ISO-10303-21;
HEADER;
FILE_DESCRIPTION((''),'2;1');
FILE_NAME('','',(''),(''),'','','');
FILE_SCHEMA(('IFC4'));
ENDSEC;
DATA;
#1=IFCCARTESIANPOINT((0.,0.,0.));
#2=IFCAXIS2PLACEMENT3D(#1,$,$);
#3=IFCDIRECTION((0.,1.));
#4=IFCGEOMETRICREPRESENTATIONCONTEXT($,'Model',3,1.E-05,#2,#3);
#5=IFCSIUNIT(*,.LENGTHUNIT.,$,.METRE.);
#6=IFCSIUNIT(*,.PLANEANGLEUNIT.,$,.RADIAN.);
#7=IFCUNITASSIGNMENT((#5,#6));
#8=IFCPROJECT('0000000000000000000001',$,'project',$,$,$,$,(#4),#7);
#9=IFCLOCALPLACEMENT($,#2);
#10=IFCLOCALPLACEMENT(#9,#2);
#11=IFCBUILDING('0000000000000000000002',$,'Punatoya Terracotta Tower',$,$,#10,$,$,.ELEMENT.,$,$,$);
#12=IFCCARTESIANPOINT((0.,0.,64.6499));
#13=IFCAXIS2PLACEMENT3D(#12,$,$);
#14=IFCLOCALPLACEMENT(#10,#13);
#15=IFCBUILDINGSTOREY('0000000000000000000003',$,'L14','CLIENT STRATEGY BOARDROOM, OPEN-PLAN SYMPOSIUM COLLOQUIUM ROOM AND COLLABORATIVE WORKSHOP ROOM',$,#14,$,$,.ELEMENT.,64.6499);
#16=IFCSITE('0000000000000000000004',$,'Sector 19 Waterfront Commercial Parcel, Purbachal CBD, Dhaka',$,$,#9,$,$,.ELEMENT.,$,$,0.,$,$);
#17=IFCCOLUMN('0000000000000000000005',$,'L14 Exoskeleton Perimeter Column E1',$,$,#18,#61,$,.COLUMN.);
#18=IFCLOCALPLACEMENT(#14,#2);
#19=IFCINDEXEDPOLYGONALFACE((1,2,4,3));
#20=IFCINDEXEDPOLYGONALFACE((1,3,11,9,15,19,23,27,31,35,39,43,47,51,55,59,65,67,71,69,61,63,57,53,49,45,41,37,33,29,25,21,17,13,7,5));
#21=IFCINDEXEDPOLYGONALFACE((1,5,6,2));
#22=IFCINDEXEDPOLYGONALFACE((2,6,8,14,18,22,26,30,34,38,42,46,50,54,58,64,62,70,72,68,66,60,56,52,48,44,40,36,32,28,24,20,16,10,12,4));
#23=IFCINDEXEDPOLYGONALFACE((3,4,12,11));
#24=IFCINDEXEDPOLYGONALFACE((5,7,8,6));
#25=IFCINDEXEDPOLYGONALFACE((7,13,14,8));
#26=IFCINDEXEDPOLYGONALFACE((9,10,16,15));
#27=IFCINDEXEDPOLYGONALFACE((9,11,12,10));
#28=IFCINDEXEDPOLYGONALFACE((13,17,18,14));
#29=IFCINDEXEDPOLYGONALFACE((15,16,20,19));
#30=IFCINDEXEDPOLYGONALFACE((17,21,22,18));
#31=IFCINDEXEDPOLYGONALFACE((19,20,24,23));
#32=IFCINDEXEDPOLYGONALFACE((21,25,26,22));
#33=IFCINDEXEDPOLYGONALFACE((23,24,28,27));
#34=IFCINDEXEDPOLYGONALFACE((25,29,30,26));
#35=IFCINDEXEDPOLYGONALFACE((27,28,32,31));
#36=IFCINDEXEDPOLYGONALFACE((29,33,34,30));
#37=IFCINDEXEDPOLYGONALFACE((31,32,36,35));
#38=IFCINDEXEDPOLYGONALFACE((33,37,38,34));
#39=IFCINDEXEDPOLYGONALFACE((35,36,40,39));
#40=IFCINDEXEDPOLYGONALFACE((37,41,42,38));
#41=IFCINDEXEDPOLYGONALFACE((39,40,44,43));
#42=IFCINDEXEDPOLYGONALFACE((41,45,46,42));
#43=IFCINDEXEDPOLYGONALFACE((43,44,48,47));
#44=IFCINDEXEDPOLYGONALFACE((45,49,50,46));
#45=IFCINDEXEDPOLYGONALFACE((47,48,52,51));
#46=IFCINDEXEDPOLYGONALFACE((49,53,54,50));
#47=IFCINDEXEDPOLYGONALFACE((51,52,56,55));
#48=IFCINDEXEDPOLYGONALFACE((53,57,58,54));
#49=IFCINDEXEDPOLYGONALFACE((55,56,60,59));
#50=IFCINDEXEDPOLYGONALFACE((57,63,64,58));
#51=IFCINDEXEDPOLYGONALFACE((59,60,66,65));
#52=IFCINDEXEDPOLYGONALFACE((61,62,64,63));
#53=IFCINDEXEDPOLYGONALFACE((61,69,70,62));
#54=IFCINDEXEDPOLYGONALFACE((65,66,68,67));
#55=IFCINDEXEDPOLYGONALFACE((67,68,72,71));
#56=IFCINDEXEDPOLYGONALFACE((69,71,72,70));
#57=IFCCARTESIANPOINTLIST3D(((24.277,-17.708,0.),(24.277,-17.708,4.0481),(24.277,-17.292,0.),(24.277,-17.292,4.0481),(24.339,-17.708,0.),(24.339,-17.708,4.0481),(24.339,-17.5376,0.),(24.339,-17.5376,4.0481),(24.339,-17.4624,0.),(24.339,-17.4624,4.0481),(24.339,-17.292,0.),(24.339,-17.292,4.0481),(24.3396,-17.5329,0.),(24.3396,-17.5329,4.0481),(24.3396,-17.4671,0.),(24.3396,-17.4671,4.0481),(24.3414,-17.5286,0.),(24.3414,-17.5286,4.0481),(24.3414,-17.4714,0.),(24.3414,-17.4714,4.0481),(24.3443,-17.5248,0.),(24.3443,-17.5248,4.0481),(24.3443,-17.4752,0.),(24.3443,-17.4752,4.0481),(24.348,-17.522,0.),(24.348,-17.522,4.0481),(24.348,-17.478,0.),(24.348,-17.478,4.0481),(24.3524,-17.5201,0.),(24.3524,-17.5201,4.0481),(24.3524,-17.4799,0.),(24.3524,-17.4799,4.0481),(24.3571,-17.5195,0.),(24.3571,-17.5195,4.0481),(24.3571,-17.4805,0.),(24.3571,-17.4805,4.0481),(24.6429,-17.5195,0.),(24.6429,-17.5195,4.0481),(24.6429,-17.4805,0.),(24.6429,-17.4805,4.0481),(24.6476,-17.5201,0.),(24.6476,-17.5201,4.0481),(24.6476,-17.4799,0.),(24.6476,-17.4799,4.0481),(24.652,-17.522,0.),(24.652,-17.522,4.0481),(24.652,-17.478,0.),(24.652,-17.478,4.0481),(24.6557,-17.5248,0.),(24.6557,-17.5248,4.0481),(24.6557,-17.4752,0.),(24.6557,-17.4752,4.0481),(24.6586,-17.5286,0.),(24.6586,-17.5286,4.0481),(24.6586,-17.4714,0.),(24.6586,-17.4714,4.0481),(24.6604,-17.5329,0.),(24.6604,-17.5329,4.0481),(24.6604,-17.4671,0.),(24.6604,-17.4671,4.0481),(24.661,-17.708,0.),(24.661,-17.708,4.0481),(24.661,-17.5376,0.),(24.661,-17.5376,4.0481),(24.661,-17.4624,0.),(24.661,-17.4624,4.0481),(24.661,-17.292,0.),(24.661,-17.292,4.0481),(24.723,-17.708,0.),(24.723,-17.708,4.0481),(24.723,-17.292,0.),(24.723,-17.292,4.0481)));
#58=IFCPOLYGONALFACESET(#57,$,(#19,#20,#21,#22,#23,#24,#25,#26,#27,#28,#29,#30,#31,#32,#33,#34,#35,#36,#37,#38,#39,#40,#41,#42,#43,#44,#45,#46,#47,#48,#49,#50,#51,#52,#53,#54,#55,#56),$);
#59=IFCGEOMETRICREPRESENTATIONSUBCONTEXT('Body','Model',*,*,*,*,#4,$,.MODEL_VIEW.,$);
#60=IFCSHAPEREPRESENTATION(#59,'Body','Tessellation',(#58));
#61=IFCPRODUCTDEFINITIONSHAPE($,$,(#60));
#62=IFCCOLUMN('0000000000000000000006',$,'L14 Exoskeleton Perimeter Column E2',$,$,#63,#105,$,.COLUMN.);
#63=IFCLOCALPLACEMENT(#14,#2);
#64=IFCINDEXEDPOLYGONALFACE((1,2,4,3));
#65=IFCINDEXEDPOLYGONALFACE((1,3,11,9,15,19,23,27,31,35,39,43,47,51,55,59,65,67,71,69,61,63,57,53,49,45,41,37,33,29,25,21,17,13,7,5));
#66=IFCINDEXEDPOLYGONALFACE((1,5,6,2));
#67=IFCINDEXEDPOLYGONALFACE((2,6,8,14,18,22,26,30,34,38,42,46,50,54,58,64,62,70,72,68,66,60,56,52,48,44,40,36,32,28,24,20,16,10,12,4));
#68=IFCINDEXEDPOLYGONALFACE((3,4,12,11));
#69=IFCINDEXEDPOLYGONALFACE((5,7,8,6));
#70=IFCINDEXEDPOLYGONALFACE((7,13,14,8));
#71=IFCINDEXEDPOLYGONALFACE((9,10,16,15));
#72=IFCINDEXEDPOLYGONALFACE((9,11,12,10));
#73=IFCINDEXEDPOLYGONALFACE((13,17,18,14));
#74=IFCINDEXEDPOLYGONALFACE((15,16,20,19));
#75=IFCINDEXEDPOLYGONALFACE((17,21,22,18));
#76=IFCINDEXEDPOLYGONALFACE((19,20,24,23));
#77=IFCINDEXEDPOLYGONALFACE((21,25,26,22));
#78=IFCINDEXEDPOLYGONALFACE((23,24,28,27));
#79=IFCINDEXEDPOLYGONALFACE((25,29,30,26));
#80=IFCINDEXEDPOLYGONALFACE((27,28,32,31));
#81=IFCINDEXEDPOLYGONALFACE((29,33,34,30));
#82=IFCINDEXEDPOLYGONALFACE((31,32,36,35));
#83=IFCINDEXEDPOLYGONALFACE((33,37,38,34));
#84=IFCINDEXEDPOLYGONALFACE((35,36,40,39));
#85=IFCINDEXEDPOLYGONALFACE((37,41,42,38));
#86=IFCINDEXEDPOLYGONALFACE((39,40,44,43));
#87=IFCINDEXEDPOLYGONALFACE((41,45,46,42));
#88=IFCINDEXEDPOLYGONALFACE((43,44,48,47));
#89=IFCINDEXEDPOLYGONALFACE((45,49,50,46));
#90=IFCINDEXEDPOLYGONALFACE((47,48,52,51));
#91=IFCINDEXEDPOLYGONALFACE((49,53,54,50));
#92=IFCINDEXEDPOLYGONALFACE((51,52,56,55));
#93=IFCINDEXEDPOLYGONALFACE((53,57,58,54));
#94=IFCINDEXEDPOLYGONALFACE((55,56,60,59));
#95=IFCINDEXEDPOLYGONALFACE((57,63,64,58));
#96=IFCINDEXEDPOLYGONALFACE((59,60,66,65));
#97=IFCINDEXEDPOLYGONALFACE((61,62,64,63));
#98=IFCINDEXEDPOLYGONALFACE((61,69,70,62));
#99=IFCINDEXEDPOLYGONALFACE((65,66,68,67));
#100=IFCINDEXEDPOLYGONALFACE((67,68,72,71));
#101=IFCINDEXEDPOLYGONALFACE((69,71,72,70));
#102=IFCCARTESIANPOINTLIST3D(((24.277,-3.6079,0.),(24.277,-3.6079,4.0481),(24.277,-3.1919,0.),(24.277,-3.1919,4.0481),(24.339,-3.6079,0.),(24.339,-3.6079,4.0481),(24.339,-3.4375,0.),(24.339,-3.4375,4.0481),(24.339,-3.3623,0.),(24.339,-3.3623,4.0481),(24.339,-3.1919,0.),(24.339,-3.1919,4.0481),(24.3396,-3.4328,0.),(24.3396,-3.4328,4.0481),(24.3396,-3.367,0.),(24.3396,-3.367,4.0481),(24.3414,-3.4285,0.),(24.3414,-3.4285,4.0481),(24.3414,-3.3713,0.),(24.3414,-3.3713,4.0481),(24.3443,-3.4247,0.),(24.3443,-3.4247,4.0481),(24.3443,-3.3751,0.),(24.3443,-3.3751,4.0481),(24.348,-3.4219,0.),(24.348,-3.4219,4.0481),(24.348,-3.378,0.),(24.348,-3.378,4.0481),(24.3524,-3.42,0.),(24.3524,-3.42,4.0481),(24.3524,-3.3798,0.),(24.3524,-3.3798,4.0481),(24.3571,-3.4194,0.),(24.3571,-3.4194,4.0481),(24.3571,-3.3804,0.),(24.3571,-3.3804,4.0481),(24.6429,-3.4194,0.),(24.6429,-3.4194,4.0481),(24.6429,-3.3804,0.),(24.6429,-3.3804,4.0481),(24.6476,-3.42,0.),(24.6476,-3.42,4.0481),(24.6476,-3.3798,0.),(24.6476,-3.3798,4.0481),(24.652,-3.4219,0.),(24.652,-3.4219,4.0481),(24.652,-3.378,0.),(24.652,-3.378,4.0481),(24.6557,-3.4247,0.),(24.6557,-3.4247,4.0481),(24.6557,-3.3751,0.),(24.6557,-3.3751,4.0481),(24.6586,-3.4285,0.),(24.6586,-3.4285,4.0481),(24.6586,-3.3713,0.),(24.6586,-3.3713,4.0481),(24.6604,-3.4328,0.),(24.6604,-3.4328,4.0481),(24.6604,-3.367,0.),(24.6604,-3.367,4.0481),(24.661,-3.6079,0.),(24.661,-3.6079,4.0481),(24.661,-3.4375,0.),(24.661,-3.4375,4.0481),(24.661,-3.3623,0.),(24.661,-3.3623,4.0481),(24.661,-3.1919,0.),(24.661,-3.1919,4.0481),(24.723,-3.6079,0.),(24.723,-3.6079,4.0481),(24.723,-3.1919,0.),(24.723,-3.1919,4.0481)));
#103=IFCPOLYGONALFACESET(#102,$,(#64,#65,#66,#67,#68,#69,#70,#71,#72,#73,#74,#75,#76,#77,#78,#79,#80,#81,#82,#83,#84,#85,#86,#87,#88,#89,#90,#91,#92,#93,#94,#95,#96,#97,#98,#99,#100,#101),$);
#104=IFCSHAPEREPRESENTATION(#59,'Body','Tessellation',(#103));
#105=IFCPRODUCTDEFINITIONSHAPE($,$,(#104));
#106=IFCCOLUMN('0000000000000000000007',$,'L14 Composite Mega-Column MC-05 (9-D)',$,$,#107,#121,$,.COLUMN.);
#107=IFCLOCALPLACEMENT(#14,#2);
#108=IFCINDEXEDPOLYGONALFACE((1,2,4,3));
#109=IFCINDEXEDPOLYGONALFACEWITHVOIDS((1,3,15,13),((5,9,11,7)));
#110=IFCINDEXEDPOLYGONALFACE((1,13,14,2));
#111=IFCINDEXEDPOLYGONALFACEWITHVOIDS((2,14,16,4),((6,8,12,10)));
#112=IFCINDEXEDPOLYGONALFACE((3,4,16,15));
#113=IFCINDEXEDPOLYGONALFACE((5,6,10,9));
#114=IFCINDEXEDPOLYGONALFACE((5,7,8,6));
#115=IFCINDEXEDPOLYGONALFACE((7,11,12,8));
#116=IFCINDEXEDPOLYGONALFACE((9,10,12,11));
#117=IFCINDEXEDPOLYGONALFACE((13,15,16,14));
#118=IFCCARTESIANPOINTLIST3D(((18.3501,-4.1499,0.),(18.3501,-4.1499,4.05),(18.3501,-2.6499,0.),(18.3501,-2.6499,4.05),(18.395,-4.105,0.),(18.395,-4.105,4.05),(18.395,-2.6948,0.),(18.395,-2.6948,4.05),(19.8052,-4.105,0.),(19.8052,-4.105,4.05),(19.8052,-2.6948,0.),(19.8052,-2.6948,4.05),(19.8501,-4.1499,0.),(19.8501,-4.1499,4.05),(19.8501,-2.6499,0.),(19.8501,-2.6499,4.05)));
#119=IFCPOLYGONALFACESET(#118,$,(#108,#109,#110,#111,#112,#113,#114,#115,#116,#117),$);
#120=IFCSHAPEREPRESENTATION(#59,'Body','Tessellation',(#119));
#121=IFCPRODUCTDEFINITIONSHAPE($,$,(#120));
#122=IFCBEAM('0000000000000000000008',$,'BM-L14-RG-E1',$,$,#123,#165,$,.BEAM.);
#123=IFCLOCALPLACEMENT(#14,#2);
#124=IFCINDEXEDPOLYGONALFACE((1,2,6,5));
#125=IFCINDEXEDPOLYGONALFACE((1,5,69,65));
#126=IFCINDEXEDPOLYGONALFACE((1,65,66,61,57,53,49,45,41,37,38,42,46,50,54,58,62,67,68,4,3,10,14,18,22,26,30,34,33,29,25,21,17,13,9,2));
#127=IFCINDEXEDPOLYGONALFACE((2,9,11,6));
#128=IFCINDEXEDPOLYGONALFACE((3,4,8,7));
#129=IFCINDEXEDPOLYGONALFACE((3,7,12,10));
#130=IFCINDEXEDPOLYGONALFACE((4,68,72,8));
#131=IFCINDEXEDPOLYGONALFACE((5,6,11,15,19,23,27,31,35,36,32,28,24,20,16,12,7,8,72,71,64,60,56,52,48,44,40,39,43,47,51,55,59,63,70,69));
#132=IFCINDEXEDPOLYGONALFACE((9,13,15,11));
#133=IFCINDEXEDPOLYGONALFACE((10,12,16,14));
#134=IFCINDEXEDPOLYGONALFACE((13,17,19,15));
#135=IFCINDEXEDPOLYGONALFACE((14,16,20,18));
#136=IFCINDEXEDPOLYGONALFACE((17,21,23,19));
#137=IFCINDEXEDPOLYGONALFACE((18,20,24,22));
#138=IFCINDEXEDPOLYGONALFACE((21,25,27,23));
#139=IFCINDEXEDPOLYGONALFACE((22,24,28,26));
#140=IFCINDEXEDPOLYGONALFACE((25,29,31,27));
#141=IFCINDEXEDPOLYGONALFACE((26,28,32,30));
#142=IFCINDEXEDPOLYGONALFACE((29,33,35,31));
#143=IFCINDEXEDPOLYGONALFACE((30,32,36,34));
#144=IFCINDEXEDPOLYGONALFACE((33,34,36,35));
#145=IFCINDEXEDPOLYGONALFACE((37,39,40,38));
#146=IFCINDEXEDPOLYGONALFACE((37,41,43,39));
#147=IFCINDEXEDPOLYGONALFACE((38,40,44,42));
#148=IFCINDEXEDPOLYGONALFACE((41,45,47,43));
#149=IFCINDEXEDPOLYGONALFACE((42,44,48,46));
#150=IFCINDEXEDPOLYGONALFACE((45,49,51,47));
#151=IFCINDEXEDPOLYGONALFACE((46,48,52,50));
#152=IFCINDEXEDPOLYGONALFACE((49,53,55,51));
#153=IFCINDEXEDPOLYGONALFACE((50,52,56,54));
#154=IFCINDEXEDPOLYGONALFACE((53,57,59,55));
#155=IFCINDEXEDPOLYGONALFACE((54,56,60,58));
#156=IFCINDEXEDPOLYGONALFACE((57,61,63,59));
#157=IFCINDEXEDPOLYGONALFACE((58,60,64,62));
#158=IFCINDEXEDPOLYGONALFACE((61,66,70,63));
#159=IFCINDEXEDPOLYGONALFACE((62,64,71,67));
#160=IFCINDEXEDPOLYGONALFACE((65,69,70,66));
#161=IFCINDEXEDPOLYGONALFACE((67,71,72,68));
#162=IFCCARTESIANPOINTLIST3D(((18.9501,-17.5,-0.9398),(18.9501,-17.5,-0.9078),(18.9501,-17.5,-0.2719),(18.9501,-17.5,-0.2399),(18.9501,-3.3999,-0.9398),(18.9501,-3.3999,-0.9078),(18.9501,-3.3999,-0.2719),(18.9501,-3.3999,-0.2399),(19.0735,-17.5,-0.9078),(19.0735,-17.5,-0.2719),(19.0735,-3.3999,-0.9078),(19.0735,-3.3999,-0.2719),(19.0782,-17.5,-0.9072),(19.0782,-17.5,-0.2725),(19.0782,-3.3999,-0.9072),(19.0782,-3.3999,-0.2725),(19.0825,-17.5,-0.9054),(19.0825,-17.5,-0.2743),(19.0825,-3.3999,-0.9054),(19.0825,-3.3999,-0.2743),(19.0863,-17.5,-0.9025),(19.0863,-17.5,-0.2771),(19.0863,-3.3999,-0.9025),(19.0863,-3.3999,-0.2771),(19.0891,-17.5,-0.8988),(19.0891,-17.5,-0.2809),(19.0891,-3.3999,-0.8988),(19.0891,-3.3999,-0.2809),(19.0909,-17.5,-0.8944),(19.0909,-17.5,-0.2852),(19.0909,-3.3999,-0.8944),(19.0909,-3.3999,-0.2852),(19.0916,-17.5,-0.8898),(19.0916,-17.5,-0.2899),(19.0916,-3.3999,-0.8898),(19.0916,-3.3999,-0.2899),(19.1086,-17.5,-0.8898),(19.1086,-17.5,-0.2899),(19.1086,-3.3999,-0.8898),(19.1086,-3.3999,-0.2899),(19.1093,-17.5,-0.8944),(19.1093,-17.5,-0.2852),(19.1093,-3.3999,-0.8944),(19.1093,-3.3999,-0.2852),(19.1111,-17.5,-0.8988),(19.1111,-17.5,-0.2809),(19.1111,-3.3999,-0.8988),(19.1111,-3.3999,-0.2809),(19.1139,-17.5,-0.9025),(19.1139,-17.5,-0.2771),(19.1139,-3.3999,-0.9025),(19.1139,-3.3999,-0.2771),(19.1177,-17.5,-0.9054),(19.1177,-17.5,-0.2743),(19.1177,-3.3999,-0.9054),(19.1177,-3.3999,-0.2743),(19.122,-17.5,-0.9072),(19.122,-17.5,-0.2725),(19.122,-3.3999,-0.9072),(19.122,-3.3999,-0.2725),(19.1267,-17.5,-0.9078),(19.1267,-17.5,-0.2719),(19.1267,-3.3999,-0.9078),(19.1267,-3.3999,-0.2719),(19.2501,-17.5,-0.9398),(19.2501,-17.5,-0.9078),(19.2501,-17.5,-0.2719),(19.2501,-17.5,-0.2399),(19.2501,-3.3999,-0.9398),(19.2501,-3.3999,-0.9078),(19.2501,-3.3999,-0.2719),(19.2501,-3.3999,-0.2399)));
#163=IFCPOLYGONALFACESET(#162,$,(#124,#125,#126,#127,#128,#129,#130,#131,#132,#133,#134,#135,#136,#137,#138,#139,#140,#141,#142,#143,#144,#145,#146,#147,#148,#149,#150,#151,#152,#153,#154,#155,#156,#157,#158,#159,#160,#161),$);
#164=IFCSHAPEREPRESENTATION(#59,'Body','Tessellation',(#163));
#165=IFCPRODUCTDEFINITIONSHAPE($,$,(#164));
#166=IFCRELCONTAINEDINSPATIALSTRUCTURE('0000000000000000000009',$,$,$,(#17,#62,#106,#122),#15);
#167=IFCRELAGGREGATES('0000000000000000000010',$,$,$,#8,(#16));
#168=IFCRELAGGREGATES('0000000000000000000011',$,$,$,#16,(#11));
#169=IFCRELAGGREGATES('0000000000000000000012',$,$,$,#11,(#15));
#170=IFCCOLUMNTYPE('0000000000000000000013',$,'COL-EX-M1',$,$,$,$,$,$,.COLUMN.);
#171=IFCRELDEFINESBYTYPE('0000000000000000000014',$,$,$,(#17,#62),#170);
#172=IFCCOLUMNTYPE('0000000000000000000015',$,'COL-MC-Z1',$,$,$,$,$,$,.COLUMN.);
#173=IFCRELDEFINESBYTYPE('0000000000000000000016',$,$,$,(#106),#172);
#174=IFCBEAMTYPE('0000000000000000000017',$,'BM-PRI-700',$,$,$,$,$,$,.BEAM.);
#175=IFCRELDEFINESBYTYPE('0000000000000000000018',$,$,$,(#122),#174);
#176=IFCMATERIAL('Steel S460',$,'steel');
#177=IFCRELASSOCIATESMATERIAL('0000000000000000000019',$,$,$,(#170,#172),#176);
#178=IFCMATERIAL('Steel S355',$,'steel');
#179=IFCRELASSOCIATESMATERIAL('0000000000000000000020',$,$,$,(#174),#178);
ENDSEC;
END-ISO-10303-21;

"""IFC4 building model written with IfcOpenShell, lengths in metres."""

from ifc_helpers import new_model, si_unit, direction, frame, origin, origin_2d, place, context, subcontext, project, spatial, hollow_rectangle, i_section, extrude, material, material_profile, profile_set, type_object, element, save


model = new_model("IFC4")

# Units and contexts
model_context = context("Model", 3, precision=1e-05, world=origin(), true_north=direction((0.0, 1.0)))
body_context = subcontext(model_context, "Body", "Model", "MODEL_VIEW")
ifc_project = project(units=[si_unit("LENGTHUNIT", "METRE"), si_unit("PLANEANGLEUNIT", "RADIAN")], contexts=[model_context])

# Site, building, storey
site_placement = place(None, origin())
site = spatial("IfcSite", under=ifc_project, at=site_placement, Name="Sector 19 Waterfront Commercial Parcel, Purbachal CBD, Dhaka", CompositionType="ELEMENT", RefElevation=0.0)
building_placement = place(site_placement, origin())
building = spatial("IfcBuilding", under=site, at=building_placement, Name="Punatoya Terracotta Tower", CompositionType="ELEMENT")
storey_placement = place(building_placement, frame((0.0, 0.0, 64.6499)))
storey = spatial("IfcBuildingStorey", under=building, at=storey_placement, Name="L14", Description="CLIENT STRATEGY BOARDROOM, OPEN-PLAN SYMPOSIUM COLLOQUIUM ROOM AND COLLABORATIVE WORKSHOP ROOM", CompositionType="ELEMENT", Elevation=64.6499)

# Columns
ifc_material_1 = material(Name="Steel S460", Category="steel")
ifc_material_profile_1 = material_profile(ifc_material_1, i_section(OverallWidth=0.416, OverallDepth=0.446, WebThickness=0.0391, FlangeThickness=0.062, FilletRadius=0.0181, at=origin_2d()))
ifc_profile_set_1 = profile_set([ifc_material_profile_1], Name="Steel S460")
column_type_1 = type_object("IfcColumnType", Name="COL-EX-M1", PredefinedType="COLUMN", material=ifc_profile_set_1)
for number, where, z_axis, x_axis, name in (
    (1, (24.5, -17.5, 0.0), (0.0, 0.0, 1.0), (0.0, 1.0, 0.0), "L14 Exoskeleton Perimeter Column E1"),
    (2, (24.5, -3.3999, 0.0), (0.0, 0.0, 1.0), (0.0, 1.0, 0.0), "L14 Exoskeleton Perimeter Column E2"),
):
    element("IfcColumn", number, at=place(storey_placement, frame(where, z_axis=z_axis, x_axis=x_axis)), inside=storey, type_object=column_type_1, Name=name, PredefinedType="COLUMN", context=body_context, shape_type="SweptSolid", body=[
        extrude(i_section(OverallWidth=0.416, OverallDepth=0.446, WebThickness=0.0391, FlangeThickness=0.062, FilletRadius=0.0181, at=origin_2d()), origin(), (0.0, 0.0, 1.0), 4.0481),
    ])
ifc_material_profile_2 = material_profile(ifc_material_1, hollow_rectangle(XDim=1.5, YDim=1.5, WallThickness=0.0449, at=origin_2d()))
ifc_profile_set_2 = profile_set([ifc_material_profile_2], Name="Steel S460")
column_type_2 = type_object("IfcColumnType", Name="COL-MC-Z1", PredefinedType="COLUMN", material=ifc_profile_set_2)
column_placement = place(storey_placement, frame((19.1001, -3.3999, 0.0), z_axis=(0.0, 0.0, 1.0), x_axis=(1.0, 0.0, 0.0)))
element("IfcColumn", 3, at=column_placement, inside=storey, type_object=column_type_2, Name="L14 Composite Mega-Column MC-05 (9-D)", PredefinedType="COLUMN", context=body_context, shape_type="SweptSolid", body=[
    extrude(hollow_rectangle(XDim=1.5, YDim=1.5, WallThickness=0.0449, at=origin_2d()), origin(), (0.0, 0.0, 1.0), 4.05),
])

# Beam
ifc_material_2 = material(Name="Steel S355", Category="steel")
ifc_material_profile_3 = material_profile(ifc_material_2, i_section(OverallWidth=0.3, OverallDepth=0.7, WebThickness=0.0171, FlangeThickness=0.032, FilletRadius=0.0181, at=origin_2d()))
ifc_profile_set_3 = profile_set([ifc_material_profile_3], Name="Steel S355")
beam_type_1 = type_object("IfcBeamType", Name="BM-PRI-700", PredefinedType="BEAM", material=ifc_profile_set_3)
beam_1_placement = place(storey_placement, frame((19.1001, -17.5, -0.5898), z_axis=(0.0, 1.0, 0.0), x_axis=(-1.0, 0.0, 0.0)))
element("IfcBeam", 4, at=beam_1_placement, inside=storey, type_object=beam_type_1, Name="BM-L14-RG-E1", PredefinedType="BEAM", context=body_context, shape_type="SweptSolid", body=[
    extrude(i_section(OverallWidth=0.3, OverallDepth=0.7, WebThickness=0.0171, FlangeThickness=0.032, FilletRadius=0.0181, at=origin_2d()), origin(), (0.0, 0.0, 1.0), 14.1001),
])

save(model, "model.ifc")
